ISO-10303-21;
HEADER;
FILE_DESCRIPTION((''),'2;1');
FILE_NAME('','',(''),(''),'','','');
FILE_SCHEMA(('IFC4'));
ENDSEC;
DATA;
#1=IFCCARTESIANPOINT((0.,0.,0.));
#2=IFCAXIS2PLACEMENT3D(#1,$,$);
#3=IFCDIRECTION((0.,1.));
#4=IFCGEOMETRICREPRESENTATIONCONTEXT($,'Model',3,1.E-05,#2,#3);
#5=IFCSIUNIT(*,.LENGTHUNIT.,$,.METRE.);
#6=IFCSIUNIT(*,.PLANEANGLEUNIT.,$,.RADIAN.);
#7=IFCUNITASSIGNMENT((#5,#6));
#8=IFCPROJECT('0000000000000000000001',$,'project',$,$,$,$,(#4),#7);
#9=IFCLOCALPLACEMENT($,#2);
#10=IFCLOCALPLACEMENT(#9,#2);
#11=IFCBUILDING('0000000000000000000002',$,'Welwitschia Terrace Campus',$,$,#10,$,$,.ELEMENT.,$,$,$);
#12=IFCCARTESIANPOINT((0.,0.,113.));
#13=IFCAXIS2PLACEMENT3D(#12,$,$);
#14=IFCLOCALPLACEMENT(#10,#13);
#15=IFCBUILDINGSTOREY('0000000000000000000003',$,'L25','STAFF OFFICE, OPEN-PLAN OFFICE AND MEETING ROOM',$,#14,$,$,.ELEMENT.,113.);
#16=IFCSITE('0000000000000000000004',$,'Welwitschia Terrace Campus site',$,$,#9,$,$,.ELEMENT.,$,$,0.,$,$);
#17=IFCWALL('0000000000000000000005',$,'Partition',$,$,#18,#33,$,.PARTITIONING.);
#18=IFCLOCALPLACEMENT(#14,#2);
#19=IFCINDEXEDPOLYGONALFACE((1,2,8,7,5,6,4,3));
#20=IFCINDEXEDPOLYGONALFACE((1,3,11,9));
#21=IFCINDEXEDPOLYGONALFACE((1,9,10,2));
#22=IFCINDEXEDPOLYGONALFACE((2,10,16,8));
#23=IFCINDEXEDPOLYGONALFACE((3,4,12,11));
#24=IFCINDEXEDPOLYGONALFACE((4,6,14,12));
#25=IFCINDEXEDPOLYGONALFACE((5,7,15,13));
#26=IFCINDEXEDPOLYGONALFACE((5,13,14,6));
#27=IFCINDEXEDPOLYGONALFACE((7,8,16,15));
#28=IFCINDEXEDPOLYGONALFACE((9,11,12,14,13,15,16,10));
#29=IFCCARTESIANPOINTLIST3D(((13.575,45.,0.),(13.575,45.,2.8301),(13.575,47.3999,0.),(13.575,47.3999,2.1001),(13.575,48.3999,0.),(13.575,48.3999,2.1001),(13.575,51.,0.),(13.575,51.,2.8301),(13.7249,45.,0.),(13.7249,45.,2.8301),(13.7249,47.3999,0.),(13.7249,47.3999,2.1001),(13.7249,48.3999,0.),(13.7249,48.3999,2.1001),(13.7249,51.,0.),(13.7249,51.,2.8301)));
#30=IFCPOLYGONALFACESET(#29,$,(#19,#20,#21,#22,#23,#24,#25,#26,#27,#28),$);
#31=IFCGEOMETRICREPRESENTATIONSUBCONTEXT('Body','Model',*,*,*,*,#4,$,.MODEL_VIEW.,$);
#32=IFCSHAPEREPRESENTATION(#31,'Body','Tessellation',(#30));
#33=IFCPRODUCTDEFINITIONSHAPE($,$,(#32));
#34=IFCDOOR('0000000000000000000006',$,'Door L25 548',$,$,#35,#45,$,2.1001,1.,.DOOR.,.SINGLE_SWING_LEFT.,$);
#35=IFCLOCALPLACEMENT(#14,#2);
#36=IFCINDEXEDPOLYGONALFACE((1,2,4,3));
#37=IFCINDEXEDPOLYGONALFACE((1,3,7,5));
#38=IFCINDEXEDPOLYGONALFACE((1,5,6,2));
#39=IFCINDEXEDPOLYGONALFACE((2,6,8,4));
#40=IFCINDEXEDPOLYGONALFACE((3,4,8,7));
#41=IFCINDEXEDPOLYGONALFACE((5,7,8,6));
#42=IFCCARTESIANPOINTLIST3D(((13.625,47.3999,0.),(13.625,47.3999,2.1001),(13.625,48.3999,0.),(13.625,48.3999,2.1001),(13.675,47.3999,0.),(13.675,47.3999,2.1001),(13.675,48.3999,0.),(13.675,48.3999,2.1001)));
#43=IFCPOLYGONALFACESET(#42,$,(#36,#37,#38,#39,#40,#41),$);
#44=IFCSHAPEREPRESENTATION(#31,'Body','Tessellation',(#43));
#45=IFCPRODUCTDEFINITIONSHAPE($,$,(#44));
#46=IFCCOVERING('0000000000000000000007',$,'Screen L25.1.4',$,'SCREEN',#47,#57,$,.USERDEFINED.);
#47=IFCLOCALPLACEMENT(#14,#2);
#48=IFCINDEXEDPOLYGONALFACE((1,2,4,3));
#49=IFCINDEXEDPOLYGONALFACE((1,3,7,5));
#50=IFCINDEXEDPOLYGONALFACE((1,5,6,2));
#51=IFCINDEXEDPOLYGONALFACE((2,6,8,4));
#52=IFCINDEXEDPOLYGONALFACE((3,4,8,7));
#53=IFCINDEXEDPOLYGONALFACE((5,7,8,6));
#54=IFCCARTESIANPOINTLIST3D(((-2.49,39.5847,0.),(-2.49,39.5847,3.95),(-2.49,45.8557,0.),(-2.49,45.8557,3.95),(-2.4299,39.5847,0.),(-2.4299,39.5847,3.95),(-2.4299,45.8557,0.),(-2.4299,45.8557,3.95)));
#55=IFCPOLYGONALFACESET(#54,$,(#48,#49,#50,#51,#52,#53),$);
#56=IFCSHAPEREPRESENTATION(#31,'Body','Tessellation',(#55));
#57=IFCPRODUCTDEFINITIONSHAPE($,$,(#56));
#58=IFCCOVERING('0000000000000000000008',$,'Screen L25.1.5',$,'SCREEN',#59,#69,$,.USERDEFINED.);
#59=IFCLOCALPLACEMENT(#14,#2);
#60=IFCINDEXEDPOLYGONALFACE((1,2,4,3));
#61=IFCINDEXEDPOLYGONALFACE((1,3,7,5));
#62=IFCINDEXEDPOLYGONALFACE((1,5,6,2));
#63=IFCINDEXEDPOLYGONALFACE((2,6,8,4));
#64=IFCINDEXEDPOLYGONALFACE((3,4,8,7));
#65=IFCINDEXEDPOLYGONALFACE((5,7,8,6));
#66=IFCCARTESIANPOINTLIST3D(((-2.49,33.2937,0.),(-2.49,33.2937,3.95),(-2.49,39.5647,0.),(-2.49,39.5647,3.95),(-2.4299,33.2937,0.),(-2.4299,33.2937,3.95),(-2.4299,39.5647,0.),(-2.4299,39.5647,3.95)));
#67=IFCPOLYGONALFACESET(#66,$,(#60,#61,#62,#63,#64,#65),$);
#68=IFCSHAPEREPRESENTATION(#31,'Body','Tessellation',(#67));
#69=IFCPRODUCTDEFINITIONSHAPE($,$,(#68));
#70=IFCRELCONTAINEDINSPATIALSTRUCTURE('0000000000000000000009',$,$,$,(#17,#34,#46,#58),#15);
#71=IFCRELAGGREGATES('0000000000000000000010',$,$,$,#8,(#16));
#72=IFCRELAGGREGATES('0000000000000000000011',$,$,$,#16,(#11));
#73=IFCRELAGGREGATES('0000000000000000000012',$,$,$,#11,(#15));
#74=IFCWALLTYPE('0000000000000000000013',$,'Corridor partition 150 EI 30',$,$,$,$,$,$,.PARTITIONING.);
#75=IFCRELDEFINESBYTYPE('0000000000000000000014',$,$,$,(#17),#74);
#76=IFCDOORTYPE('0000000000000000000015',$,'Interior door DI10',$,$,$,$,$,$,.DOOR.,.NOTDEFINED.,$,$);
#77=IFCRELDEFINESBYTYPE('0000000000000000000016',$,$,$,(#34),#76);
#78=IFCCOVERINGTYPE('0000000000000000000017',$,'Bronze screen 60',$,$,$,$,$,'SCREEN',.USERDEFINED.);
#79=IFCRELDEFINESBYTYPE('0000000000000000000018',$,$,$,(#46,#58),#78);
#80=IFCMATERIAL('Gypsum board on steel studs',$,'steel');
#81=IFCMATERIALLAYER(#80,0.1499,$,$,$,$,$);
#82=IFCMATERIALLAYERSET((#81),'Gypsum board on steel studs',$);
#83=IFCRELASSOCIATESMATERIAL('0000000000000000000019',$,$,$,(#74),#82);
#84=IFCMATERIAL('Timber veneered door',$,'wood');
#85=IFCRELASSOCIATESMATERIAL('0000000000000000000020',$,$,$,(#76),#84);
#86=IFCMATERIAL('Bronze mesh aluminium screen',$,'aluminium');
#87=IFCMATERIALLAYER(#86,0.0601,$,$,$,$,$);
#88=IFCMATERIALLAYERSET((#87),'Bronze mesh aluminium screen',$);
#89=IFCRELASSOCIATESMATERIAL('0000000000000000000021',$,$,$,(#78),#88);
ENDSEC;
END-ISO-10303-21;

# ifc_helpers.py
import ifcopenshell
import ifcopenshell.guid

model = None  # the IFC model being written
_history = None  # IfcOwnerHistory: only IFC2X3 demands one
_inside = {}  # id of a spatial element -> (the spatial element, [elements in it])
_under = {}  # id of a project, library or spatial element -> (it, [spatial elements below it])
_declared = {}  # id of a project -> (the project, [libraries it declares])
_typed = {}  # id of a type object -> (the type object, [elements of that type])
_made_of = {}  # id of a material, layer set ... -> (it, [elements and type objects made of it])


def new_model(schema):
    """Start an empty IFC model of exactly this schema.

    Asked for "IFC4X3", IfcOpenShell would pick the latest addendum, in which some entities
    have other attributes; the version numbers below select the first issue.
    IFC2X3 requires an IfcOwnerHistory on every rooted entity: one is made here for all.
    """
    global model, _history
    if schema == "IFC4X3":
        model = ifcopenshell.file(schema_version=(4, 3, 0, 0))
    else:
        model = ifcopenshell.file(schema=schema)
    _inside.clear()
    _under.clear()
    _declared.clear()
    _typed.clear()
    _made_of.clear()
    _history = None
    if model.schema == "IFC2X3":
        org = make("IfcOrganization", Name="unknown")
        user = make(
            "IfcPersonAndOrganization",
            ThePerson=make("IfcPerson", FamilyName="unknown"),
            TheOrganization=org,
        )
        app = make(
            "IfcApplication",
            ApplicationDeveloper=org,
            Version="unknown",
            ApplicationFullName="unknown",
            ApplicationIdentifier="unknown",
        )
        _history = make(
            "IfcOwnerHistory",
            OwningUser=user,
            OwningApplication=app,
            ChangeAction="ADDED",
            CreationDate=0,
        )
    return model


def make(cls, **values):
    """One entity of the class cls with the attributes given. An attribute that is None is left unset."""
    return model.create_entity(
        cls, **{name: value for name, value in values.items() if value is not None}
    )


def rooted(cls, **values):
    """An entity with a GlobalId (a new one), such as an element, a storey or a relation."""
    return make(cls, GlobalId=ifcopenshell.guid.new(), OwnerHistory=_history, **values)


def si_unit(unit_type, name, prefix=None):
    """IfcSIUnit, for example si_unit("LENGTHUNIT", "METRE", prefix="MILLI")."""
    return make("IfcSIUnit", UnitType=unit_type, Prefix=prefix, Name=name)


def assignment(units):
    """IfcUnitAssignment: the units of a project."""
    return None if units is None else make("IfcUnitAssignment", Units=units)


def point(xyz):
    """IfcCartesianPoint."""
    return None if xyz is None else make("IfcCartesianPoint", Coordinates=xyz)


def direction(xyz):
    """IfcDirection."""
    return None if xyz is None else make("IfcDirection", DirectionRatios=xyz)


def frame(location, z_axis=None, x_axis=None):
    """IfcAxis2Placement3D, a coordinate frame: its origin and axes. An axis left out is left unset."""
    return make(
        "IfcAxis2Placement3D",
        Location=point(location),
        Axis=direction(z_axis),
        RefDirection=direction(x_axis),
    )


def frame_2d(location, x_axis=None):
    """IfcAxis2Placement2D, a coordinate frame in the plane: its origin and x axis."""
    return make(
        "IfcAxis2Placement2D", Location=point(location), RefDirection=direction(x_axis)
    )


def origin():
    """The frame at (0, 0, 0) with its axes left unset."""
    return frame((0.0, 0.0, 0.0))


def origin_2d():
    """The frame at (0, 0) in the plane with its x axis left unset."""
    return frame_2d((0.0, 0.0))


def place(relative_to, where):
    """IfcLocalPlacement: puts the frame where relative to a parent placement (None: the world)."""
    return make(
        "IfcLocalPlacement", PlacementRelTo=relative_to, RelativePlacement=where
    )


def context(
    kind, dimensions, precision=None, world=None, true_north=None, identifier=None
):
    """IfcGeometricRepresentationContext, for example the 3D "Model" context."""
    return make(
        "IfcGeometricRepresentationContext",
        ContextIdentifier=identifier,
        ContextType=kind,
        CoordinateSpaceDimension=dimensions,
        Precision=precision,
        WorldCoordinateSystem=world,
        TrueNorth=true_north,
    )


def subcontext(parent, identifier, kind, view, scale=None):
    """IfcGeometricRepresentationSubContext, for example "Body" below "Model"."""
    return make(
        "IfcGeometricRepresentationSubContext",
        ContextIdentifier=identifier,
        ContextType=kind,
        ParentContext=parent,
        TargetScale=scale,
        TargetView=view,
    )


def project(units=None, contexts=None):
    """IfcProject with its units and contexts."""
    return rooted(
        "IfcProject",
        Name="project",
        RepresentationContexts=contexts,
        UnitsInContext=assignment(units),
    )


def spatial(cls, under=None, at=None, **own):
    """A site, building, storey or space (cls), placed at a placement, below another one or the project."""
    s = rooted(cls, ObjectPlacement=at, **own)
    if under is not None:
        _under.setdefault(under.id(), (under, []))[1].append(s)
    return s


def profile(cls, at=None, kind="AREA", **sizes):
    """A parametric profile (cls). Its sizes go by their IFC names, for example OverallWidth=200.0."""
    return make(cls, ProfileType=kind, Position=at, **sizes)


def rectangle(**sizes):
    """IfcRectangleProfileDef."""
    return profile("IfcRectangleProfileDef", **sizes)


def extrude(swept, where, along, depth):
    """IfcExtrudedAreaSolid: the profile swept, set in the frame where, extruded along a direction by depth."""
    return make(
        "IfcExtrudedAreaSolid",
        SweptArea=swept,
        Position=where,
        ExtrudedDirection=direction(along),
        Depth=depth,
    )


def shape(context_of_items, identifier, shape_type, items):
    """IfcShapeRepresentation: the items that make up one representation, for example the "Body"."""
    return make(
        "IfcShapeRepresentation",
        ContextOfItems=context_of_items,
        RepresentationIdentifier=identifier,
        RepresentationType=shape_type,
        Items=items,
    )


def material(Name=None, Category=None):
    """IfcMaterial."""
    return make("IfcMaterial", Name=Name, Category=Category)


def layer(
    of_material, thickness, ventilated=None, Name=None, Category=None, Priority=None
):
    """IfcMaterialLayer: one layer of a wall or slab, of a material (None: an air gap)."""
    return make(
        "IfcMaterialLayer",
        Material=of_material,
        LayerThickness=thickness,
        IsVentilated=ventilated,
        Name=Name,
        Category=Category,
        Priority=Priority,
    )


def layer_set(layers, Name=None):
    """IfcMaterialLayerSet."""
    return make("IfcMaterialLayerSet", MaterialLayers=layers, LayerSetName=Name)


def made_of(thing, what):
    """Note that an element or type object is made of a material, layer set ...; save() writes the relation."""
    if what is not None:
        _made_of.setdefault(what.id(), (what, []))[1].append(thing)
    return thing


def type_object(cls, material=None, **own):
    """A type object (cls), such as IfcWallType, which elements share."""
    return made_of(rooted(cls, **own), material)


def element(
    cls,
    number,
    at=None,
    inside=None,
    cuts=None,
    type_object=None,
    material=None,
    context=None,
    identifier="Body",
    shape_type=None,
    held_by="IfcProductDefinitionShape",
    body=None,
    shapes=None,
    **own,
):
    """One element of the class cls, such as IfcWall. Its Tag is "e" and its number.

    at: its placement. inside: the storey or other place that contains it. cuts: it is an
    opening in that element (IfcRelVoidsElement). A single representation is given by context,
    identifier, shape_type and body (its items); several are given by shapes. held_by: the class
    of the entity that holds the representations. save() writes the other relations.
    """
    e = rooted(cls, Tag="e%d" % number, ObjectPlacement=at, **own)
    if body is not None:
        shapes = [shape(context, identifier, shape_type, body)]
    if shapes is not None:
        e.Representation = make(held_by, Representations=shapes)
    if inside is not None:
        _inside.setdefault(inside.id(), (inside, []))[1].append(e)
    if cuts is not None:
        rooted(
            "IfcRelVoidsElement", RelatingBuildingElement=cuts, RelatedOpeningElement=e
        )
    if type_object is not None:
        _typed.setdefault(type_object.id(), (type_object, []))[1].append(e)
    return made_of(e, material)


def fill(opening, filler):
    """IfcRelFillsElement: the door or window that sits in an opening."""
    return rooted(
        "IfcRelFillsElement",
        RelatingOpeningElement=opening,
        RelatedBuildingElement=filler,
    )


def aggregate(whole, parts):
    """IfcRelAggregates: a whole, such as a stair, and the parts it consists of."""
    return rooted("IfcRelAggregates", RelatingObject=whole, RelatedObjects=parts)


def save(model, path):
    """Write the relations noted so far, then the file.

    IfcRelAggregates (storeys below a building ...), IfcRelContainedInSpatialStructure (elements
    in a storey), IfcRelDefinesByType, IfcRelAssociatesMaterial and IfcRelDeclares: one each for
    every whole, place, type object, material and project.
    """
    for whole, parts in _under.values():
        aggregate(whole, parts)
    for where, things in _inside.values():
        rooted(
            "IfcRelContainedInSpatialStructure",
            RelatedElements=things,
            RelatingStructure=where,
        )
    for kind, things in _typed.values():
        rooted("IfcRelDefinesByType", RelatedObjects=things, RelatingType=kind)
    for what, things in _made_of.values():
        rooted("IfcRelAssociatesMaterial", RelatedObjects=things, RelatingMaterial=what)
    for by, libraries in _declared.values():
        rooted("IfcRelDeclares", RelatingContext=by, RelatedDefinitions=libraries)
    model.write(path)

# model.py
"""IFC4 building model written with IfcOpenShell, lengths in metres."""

from ifc_helpers import new_model, si_unit, direction, frame, frame_2d, origin, origin_2d, place, context, subcontext, project, spatial, rectangle, extrude, material, layer, layer_set, type_object, element, fill, save


model = new_model("IFC4")

# Units and contexts
model_context = context("Model", 3, precision=1e-05, world=origin(), true_north=direction((0.0, 1.0)))
body_context = subcontext(model_context, "Body", "Model", "MODEL_VIEW")
ifc_project = project(units=[si_unit("LENGTHUNIT", "METRE"), si_unit("PLANEANGLEUNIT", "RADIAN")], contexts=[model_context])

# Site, building, storey
site_placement = place(None, origin())
site = spatial("IfcSite", under=ifc_project, at=site_placement, Name="Welwitschia Terrace Campus site", CompositionType="ELEMENT", RefElevation=0.0)
building_placement = place(site_placement, origin())
building = spatial("IfcBuilding", under=site, at=building_placement, Name="Welwitschia Terrace Campus", CompositionType="ELEMENT")
storey_placement = place(building_placement, frame((0.0, 0.0, 113.0)))
storey = spatial("IfcBuildingStorey", under=building, at=storey_placement, Name="L25", Description="STAFF OFFICE, OPEN-PLAN OFFICE AND MEETING ROOM", CompositionType="ELEMENT", Elevation=113.0)

# Shared definitions
ifc_material_1 = material(Name="Gypsum board on steel studs", Category="steel")
ifc_layer_1 = layer(ifc_material_1, 0.1499)
ifc_layer_set_1 = layer_set([ifc_layer_1], Name="Gypsum board on steel studs")
wall_type = type_object("IfcWallType", Name="Corridor partition 150 EI 30", PredefinedType="PARTITIONING", material=ifc_layer_set_1)

# Wall, opening, door
ifc_material_2 = material(Name="Timber veneered door", Category="wood")
door_type_1 = type_object("IfcDoorType", Name="Interior door DI10", OperationType="NOTDEFINED", PredefinedType="DOOR", material=ifc_material_2)
wall_1_placement = place(storey_placement, frame((13.6499, 45.0, 0.0), z_axis=(0.0, 0.0, 1.0), x_axis=(0.0, 1.0, 0.0)))
wall_1 = element("IfcWall", 1, at=wall_1_placement, inside=storey, type_object=wall_type, Name="Partition", PredefinedType="PARTITIONING", context=body_context, shape_type="SweptSolid", body=[
    extrude(rectangle(XDim=6.0, YDim=0.1499, at=frame_2d((3.0, 0.0))), origin(), (0.0, 0.0, 1.0), 2.8301),
])
opening_1_placement = place(wall_1_placement, frame((2.3999, 0.0, 0.0)))
opening_1 = element("IfcOpeningElement", 2, at=opening_1_placement, cuts=wall_1, PredefinedType="OPENING", context=body_context, shape_type="SweptSolid", body=[
    extrude(rectangle(XDim=1.0, YDim=2.1001, at=frame_2d((0.5, 1.05))), frame((0.0, 0.085, 0.0), z_axis=(0.0, -1.0, 0.0), x_axis=(1.0, 0.0, 0.0)), (0.0, 0.0, 1.0), 0.1699),
])
door_1_placement = place(opening_1_placement, origin())
door_1 = element("IfcDoor", 3, at=door_1_placement, inside=storey, type_object=door_type_1, Name="Door L25 548", OperationType="SINGLE_SWING_LEFT", OverallHeight=2.1001, OverallWidth=1.0, PredefinedType="DOOR", context=body_context, shape_type="SweptSolid", body=[
    extrude(rectangle(XDim=1.0, YDim=2.1001, at=frame_2d((0.5, 1.05))), frame((0.0, 0.0249, 0.0), z_axis=(0.0, -1.0, 0.0), x_axis=(1.0, 0.0, 0.0)), (0.0, 0.0, 1.0), 0.05),
])
fill(opening_1, door_1)

# Coverings
ifc_material_3 = material(Name="Bronze mesh aluminium screen", Category="aluminium")
ifc_layer_2 = layer(ifc_material_3, 0.0601)
ifc_layer_set_2 = layer_set([ifc_layer_2], Name="Bronze mesh aluminium screen")
covering_type = type_object("IfcCoveringType", Name="Bronze screen 60", ElementType="SCREEN", PredefinedType="USERDEFINED", material=ifc_layer_set_2)
for number, where, z_axis, x_axis, name in (
    (4, (-2.46, 42.7202, 0.0), (0.0, 0.0, 1.0), (0.0, -1.0, 0.0), "Screen L25.1.4"),
    (5, (-2.46, 36.4292, 0.0), (0.0, 0.0, 1.0), (0.0, -1.0, 0.0), "Screen L25.1.5"),
):
    element("IfcCovering", number, at=place(storey_placement, frame(where, z_axis=z_axis, x_axis=x_axis)), inside=storey, type_object=covering_type, Name=name, ObjectType="SCREEN", PredefinedType="USERDEFINED", context=body_context, shape_type="SweptSolid", body=[
        extrude(rectangle(XDim=6.271, YDim=0.0601, at=origin_2d()), origin(), (0.0, 0.0, 1.0), 3.95),
    ])

save(model, "model.ifc")
